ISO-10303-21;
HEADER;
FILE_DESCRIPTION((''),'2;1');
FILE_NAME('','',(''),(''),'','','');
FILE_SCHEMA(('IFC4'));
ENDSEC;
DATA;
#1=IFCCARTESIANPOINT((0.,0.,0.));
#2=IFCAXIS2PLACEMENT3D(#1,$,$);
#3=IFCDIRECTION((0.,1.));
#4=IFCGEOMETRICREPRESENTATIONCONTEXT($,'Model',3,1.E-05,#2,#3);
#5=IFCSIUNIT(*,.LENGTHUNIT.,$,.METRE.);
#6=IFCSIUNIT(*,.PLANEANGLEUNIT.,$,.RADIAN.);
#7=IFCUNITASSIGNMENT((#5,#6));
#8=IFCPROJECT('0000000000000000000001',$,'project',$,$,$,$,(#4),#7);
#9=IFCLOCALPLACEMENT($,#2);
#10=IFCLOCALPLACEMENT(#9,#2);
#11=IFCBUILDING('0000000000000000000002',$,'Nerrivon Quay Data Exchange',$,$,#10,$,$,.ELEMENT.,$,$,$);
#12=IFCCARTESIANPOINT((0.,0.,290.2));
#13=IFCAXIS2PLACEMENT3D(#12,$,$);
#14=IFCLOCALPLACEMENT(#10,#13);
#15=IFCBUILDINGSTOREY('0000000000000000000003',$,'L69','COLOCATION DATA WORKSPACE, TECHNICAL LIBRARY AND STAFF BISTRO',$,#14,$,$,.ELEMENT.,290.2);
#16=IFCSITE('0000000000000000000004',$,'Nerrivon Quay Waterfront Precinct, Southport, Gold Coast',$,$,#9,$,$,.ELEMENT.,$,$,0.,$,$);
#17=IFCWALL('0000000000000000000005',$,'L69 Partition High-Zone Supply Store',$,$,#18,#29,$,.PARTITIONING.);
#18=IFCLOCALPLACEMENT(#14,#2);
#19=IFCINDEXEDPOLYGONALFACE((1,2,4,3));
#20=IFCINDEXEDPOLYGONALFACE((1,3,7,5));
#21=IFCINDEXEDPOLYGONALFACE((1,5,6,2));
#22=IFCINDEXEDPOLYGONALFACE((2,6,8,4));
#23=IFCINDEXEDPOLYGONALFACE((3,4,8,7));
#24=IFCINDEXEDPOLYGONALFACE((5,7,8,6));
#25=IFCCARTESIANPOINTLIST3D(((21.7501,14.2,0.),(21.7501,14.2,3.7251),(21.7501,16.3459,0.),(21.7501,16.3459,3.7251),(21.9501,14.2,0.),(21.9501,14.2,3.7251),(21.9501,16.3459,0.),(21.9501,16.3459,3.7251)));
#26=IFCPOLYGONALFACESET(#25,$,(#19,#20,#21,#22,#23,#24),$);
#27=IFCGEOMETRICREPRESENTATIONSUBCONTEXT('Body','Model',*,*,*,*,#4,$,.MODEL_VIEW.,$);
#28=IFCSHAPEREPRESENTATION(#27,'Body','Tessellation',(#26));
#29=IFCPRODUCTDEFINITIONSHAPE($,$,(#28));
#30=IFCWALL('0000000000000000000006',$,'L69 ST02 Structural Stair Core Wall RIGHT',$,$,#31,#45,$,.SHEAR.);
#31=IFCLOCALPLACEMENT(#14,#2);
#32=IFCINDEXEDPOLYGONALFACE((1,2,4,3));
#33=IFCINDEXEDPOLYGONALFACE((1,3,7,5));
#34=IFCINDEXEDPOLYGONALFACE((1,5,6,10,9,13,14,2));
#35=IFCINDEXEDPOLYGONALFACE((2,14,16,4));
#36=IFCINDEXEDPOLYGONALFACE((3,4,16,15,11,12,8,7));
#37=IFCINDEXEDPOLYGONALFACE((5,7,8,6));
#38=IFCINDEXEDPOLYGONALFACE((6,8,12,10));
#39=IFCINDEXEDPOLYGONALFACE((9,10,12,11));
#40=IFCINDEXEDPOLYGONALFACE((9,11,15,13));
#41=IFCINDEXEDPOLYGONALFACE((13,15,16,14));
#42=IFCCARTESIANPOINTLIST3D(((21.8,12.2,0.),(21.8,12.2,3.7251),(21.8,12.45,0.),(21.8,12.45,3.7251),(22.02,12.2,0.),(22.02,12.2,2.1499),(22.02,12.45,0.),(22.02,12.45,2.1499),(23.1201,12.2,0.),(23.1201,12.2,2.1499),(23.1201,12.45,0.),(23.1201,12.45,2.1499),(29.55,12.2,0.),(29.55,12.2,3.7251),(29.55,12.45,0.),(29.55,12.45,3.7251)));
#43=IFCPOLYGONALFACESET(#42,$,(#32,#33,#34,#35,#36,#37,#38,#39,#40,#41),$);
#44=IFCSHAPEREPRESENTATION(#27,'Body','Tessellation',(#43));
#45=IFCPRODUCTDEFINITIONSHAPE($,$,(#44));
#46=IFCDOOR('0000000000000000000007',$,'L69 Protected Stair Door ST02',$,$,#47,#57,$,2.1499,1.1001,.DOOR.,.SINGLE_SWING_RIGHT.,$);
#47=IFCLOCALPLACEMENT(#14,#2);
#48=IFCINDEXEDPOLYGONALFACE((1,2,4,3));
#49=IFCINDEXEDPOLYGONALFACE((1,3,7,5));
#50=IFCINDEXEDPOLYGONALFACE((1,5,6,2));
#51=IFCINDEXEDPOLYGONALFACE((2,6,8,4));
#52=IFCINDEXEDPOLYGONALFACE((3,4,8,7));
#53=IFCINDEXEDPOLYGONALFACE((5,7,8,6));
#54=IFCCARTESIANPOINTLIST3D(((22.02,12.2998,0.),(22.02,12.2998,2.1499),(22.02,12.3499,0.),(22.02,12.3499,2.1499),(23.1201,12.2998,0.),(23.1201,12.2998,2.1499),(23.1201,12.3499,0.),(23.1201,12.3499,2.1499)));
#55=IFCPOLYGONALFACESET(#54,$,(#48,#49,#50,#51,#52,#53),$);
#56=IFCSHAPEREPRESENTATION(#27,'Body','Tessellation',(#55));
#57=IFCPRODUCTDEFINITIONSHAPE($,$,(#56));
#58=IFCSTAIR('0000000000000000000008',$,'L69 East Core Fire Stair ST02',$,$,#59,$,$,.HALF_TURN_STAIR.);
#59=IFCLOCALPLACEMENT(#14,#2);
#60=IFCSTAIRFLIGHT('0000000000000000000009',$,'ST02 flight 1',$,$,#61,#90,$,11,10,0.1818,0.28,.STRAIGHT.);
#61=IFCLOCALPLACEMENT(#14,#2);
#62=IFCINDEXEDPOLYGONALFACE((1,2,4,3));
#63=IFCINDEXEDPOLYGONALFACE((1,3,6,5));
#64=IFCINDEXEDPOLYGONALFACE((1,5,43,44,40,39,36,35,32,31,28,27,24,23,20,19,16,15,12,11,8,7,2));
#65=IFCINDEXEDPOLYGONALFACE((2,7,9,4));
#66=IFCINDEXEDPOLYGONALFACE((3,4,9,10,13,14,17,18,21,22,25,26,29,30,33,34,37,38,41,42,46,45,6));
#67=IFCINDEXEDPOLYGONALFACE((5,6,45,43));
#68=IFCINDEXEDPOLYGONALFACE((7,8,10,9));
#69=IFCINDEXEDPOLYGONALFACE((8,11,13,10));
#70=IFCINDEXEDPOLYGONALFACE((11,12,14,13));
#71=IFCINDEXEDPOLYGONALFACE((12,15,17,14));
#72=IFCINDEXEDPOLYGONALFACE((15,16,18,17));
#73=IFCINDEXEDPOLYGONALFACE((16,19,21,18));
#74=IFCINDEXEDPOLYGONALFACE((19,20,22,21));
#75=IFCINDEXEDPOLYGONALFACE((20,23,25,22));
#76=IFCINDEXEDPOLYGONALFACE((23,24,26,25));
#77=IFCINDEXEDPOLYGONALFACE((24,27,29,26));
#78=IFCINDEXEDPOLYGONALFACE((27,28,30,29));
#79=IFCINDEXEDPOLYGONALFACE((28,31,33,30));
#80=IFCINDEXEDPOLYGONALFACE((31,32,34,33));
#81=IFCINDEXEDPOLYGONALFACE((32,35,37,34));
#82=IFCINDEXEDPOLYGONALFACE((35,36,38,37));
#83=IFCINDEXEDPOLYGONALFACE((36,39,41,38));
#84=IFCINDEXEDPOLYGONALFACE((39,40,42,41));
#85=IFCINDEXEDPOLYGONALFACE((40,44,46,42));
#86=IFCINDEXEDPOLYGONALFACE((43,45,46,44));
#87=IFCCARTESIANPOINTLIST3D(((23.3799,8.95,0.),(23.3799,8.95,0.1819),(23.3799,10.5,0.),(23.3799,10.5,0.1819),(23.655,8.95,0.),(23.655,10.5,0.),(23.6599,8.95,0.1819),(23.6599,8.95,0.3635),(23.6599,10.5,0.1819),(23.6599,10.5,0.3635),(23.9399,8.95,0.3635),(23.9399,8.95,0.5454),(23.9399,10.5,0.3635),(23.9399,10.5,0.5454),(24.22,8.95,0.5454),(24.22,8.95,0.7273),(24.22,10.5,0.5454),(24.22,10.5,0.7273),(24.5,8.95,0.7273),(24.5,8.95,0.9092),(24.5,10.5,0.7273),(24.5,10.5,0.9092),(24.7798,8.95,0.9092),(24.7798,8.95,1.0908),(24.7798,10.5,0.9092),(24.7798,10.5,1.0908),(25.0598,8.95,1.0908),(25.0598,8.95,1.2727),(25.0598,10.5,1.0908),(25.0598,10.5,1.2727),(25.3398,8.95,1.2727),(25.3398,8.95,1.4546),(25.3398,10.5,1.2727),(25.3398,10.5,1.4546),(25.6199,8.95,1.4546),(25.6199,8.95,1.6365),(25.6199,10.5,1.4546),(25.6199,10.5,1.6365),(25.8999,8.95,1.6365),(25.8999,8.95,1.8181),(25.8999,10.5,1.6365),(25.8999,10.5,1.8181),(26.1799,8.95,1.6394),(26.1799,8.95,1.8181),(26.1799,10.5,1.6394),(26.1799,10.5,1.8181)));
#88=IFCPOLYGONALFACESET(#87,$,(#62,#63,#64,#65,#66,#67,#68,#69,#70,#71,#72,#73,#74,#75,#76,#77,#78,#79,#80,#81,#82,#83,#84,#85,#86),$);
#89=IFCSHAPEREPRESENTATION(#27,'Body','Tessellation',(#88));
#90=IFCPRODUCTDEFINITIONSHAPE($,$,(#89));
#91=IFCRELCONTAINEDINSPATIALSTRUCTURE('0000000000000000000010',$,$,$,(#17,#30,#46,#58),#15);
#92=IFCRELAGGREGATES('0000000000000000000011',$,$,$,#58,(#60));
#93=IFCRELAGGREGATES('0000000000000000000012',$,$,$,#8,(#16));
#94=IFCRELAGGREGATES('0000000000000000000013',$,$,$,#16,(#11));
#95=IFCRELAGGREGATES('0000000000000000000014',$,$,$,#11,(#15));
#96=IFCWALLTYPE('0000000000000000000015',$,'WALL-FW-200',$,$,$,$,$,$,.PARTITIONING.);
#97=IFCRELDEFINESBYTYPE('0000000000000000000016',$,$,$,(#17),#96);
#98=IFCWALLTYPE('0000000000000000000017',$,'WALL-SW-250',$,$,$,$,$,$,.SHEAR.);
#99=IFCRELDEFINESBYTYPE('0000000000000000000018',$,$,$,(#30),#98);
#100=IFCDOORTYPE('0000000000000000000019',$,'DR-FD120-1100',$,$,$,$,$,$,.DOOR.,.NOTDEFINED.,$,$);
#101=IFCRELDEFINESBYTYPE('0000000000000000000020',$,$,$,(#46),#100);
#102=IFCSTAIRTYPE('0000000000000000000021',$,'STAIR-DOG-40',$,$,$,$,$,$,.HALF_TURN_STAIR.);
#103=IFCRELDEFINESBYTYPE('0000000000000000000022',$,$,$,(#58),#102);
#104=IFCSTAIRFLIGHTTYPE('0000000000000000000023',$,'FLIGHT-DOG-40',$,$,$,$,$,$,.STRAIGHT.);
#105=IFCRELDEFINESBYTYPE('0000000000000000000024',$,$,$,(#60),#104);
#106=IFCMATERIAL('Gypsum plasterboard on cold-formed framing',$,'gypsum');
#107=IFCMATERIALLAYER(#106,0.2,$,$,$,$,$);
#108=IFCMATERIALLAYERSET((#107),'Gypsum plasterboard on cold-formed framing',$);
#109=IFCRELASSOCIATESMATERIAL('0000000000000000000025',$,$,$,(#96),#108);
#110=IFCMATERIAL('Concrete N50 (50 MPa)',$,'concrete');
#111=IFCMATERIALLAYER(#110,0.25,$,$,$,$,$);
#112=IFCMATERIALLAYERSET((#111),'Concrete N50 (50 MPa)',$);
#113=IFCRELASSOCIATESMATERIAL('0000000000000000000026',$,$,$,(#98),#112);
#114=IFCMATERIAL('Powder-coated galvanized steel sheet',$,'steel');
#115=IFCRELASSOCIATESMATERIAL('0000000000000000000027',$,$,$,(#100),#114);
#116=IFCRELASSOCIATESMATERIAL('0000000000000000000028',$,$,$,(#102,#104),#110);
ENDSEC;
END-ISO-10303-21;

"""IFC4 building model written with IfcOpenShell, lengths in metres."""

from ifc_helpers import new_model, si_unit, direction, frame, frame_2d, origin, place, context, subcontext, project, spatial, polyline, rectangle, outline, extrude, material, layer, layer_set, type_object, element, fill, aggregate, save


model = new_model("IFC4")

# Units and contexts
model_context = context("Model", 3, precision=1e-05, world=origin(), true_north=direction((0.0, 1.0)))
body_context = subcontext(model_context, "Body", "Model", "MODEL_VIEW")
ifc_project = project(units=[si_unit("LENGTHUNIT", "METRE"), si_unit("PLANEANGLEUNIT", "RADIAN")], contexts=[model_context])

# Site, building, storey
site_placement = place(None, origin())
site = spatial("IfcSite", under=ifc_project, at=site_placement, Name="Nerrivon Quay Waterfront Precinct, Southport, Gold Coast", CompositionType="ELEMENT", RefElevation=0.0)
building_placement = place(site_placement, origin())
building = spatial("IfcBuilding", under=site, at=building_placement, Name="Nerrivon Quay Data Exchange", CompositionType="ELEMENT")
storey_placement = place(building_placement, frame((0.0, 0.0, 290.2)))
storey = spatial("IfcBuildingStorey", under=building, at=storey_placement, Name="L69", Description="COLOCATION DATA WORKSPACE, TECHNICAL LIBRARY AND STAFF BISTRO", CompositionType="ELEMENT", Elevation=290.2)

# Shared definitions
ifc_material_1 = material(Name="Concrete N50 (50 MPa)", Category="concrete")

# Shared definitions
ifc_material_2 = material(Name="Gypsum plasterboard on cold-formed framing", Category="gypsum")
ifc_layer_1 = layer(ifc_material_2, 0.2)
ifc_layer_set_1 = layer_set([ifc_layer_1], Name="Gypsum plasterboard on cold-formed framing")
wall_type_1 = type_object("IfcWallType", Name="WALL-FW-200", PredefinedType="PARTITIONING", material=ifc_layer_set_1)

# Shared definitions
ifc_material_3 = material(Name="Powder-coated galvanized steel sheet", Category="steel")

# Wall
wall_1_placement = place(storey_placement, frame((21.8501, 16.3459, 0.0), z_axis=(0.0, 0.0, 1.0), x_axis=(0.0, -1.0, 0.0)))
element("IfcWall", 1, at=wall_1_placement, inside=storey, type_object=wall_type_1, Name="L69 Partition High-Zone Supply Store", PredefinedType="PARTITIONING", context=body_context, shape_type="SweptSolid", body=[
    extrude(rectangle(XDim=2.146, YDim=0.2, at=frame_2d((1.073, 0.0))), origin(), (0.0, 0.0, 1.0), 3.7251),
])

# Wall, opening, door
ifc_layer_2 = layer(ifc_material_1, 0.25)
ifc_layer_set_2 = layer_set([ifc_layer_2], Name="Concrete N50 (50 MPa)")
wall_type_2 = type_object("IfcWallType", Name="WALL-SW-250", PredefinedType="SHEAR", material=ifc_layer_set_2)
wall_2_placement = place(storey_placement, frame((21.8, 12.325, 0.0), z_axis=(0.0, 0.0, 1.0), x_axis=(1.0, 0.0, 0.0)))
wall_2 = element("IfcWall", 2, at=wall_2_placement, inside=storey, type_object=wall_type_2, Name="L69 ST02 Structural Stair Core Wall RIGHT", PredefinedType="SHEAR", context=body_context, shape_type="SweptSolid", body=[
    extrude(rectangle(XDim=7.75, YDim=0.25, at=frame_2d((3.875, 0.0))), origin(), (0.0, 0.0, 1.0), 3.7251),
])
opening_1_placement = place(wall_2_placement, frame((0.22, 0.0, 0.0)))
opening_1 = element("IfcOpeningElement", 3, at=opening_1_placement, cuts=wall_2, PredefinedType="OPENING", context=body_context, shape_type="SweptSolid", body=[
    extrude(rectangle(XDim=1.1001, YDim=2.1499, at=frame_2d((0.55, 1.075))), frame((0.0, 0.135, 0.0), z_axis=(0.0, -1.0, 0.0), x_axis=(1.0, 0.0, 0.0)), (0.0, 0.0, 1.0), 0.27),
])
door_type_1 = type_object("IfcDoorType", Name="DR-FD120-1100", OperationType="NOTDEFINED", PredefinedType="DOOR", material=ifc_material_3)
door_1_placement = place(opening_1_placement, origin())
door_1 = element("IfcDoor", 4, at=door_1_placement, inside=storey, type_object=door_type_1, Name="L69 Protected Stair Door ST02", OperationType="SINGLE_SWING_RIGHT", OverallHeight=2.1499, OverallWidth=1.1001, PredefinedType="DOOR", context=body_context, shape_type="SweptSolid", body=[
    extrude(rectangle(XDim=1.1001, YDim=2.1499, at=frame_2d((0.55, 1.075))), frame((0.0, 0.0249, 0.0), z_axis=(0.0, -1.0, 0.0), x_axis=(1.0, 0.0, 0.0)), (0.0, 0.0, 1.0), 0.05),
])
fill(opening_1, door_1)

# Stair, stair flight
stair_type = type_object("IfcStairType", Name="STAIR-DOG-40", PredefinedType="HALF_TURN_STAIR", material=ifc_material_1)
stair_placement = place(storey_placement, origin())
stair = element("IfcStair", 5, at=stair_placement, inside=storey, type_object=stair_type, Name="L69 East Core Fire Stair ST02", PredefinedType="HALF_TURN_STAIR")
stair_flight_type = type_object("IfcStairFlightType", Name="FLIGHT-DOG-40", PredefinedType="STRAIGHT", material=ifc_material_1)
stair_flight_placement = place(storey_placement, frame((23.3799, 9.7251, 0.0), z_axis=(0.0, 0.0, 1.0), x_axis=(1.0, 0.0, 0.0)))
stair_flight = element("IfcStairFlight", 6, at=stair_flight_placement, type_object=stair_flight_type, Name="ST02 flight 1", NumberOfRisers=11, NumberOfTreads=10, PredefinedType="STRAIGHT", RiserHeight=0.1818, TreadLength=0.28, context=body_context, shape_type="SweptSolid", body=[
    extrude(outline(polyline([(0.0, 0.0), (0.0, 0.1819), (0.28, 0.1819), (0.28, 0.3635), (0.5601, 0.3635), (0.5601, 0.5454), (0.8401, 0.5454), (0.8401, 0.7273), (1.1201, 0.7273), (1.1201, 0.9092), (1.3999, 0.9092), (1.3999, 1.0908), (1.6799, 1.0908), (1.6799, 1.2727), (1.96, 1.2727), (1.96, 1.4546), (2.24, 1.4546), (2.24, 1.6365), (2.52, 1.6365), (2.52, 1.8181), (2.8, 1.8181), (2.8, 2.0), (2.8, 1.6394), (0.2751, 0.0), (0.0, 0.0)])), frame((0.0, 0.7749, 0.0), z_axis=(0.0, -1.0, 0.0), x_axis=(1.0, 0.0, 0.0)), (0.0, 0.0, 1.0), 1.55),
])
aggregate(stair, [stair_flight])

save(model, "model.ifc")
